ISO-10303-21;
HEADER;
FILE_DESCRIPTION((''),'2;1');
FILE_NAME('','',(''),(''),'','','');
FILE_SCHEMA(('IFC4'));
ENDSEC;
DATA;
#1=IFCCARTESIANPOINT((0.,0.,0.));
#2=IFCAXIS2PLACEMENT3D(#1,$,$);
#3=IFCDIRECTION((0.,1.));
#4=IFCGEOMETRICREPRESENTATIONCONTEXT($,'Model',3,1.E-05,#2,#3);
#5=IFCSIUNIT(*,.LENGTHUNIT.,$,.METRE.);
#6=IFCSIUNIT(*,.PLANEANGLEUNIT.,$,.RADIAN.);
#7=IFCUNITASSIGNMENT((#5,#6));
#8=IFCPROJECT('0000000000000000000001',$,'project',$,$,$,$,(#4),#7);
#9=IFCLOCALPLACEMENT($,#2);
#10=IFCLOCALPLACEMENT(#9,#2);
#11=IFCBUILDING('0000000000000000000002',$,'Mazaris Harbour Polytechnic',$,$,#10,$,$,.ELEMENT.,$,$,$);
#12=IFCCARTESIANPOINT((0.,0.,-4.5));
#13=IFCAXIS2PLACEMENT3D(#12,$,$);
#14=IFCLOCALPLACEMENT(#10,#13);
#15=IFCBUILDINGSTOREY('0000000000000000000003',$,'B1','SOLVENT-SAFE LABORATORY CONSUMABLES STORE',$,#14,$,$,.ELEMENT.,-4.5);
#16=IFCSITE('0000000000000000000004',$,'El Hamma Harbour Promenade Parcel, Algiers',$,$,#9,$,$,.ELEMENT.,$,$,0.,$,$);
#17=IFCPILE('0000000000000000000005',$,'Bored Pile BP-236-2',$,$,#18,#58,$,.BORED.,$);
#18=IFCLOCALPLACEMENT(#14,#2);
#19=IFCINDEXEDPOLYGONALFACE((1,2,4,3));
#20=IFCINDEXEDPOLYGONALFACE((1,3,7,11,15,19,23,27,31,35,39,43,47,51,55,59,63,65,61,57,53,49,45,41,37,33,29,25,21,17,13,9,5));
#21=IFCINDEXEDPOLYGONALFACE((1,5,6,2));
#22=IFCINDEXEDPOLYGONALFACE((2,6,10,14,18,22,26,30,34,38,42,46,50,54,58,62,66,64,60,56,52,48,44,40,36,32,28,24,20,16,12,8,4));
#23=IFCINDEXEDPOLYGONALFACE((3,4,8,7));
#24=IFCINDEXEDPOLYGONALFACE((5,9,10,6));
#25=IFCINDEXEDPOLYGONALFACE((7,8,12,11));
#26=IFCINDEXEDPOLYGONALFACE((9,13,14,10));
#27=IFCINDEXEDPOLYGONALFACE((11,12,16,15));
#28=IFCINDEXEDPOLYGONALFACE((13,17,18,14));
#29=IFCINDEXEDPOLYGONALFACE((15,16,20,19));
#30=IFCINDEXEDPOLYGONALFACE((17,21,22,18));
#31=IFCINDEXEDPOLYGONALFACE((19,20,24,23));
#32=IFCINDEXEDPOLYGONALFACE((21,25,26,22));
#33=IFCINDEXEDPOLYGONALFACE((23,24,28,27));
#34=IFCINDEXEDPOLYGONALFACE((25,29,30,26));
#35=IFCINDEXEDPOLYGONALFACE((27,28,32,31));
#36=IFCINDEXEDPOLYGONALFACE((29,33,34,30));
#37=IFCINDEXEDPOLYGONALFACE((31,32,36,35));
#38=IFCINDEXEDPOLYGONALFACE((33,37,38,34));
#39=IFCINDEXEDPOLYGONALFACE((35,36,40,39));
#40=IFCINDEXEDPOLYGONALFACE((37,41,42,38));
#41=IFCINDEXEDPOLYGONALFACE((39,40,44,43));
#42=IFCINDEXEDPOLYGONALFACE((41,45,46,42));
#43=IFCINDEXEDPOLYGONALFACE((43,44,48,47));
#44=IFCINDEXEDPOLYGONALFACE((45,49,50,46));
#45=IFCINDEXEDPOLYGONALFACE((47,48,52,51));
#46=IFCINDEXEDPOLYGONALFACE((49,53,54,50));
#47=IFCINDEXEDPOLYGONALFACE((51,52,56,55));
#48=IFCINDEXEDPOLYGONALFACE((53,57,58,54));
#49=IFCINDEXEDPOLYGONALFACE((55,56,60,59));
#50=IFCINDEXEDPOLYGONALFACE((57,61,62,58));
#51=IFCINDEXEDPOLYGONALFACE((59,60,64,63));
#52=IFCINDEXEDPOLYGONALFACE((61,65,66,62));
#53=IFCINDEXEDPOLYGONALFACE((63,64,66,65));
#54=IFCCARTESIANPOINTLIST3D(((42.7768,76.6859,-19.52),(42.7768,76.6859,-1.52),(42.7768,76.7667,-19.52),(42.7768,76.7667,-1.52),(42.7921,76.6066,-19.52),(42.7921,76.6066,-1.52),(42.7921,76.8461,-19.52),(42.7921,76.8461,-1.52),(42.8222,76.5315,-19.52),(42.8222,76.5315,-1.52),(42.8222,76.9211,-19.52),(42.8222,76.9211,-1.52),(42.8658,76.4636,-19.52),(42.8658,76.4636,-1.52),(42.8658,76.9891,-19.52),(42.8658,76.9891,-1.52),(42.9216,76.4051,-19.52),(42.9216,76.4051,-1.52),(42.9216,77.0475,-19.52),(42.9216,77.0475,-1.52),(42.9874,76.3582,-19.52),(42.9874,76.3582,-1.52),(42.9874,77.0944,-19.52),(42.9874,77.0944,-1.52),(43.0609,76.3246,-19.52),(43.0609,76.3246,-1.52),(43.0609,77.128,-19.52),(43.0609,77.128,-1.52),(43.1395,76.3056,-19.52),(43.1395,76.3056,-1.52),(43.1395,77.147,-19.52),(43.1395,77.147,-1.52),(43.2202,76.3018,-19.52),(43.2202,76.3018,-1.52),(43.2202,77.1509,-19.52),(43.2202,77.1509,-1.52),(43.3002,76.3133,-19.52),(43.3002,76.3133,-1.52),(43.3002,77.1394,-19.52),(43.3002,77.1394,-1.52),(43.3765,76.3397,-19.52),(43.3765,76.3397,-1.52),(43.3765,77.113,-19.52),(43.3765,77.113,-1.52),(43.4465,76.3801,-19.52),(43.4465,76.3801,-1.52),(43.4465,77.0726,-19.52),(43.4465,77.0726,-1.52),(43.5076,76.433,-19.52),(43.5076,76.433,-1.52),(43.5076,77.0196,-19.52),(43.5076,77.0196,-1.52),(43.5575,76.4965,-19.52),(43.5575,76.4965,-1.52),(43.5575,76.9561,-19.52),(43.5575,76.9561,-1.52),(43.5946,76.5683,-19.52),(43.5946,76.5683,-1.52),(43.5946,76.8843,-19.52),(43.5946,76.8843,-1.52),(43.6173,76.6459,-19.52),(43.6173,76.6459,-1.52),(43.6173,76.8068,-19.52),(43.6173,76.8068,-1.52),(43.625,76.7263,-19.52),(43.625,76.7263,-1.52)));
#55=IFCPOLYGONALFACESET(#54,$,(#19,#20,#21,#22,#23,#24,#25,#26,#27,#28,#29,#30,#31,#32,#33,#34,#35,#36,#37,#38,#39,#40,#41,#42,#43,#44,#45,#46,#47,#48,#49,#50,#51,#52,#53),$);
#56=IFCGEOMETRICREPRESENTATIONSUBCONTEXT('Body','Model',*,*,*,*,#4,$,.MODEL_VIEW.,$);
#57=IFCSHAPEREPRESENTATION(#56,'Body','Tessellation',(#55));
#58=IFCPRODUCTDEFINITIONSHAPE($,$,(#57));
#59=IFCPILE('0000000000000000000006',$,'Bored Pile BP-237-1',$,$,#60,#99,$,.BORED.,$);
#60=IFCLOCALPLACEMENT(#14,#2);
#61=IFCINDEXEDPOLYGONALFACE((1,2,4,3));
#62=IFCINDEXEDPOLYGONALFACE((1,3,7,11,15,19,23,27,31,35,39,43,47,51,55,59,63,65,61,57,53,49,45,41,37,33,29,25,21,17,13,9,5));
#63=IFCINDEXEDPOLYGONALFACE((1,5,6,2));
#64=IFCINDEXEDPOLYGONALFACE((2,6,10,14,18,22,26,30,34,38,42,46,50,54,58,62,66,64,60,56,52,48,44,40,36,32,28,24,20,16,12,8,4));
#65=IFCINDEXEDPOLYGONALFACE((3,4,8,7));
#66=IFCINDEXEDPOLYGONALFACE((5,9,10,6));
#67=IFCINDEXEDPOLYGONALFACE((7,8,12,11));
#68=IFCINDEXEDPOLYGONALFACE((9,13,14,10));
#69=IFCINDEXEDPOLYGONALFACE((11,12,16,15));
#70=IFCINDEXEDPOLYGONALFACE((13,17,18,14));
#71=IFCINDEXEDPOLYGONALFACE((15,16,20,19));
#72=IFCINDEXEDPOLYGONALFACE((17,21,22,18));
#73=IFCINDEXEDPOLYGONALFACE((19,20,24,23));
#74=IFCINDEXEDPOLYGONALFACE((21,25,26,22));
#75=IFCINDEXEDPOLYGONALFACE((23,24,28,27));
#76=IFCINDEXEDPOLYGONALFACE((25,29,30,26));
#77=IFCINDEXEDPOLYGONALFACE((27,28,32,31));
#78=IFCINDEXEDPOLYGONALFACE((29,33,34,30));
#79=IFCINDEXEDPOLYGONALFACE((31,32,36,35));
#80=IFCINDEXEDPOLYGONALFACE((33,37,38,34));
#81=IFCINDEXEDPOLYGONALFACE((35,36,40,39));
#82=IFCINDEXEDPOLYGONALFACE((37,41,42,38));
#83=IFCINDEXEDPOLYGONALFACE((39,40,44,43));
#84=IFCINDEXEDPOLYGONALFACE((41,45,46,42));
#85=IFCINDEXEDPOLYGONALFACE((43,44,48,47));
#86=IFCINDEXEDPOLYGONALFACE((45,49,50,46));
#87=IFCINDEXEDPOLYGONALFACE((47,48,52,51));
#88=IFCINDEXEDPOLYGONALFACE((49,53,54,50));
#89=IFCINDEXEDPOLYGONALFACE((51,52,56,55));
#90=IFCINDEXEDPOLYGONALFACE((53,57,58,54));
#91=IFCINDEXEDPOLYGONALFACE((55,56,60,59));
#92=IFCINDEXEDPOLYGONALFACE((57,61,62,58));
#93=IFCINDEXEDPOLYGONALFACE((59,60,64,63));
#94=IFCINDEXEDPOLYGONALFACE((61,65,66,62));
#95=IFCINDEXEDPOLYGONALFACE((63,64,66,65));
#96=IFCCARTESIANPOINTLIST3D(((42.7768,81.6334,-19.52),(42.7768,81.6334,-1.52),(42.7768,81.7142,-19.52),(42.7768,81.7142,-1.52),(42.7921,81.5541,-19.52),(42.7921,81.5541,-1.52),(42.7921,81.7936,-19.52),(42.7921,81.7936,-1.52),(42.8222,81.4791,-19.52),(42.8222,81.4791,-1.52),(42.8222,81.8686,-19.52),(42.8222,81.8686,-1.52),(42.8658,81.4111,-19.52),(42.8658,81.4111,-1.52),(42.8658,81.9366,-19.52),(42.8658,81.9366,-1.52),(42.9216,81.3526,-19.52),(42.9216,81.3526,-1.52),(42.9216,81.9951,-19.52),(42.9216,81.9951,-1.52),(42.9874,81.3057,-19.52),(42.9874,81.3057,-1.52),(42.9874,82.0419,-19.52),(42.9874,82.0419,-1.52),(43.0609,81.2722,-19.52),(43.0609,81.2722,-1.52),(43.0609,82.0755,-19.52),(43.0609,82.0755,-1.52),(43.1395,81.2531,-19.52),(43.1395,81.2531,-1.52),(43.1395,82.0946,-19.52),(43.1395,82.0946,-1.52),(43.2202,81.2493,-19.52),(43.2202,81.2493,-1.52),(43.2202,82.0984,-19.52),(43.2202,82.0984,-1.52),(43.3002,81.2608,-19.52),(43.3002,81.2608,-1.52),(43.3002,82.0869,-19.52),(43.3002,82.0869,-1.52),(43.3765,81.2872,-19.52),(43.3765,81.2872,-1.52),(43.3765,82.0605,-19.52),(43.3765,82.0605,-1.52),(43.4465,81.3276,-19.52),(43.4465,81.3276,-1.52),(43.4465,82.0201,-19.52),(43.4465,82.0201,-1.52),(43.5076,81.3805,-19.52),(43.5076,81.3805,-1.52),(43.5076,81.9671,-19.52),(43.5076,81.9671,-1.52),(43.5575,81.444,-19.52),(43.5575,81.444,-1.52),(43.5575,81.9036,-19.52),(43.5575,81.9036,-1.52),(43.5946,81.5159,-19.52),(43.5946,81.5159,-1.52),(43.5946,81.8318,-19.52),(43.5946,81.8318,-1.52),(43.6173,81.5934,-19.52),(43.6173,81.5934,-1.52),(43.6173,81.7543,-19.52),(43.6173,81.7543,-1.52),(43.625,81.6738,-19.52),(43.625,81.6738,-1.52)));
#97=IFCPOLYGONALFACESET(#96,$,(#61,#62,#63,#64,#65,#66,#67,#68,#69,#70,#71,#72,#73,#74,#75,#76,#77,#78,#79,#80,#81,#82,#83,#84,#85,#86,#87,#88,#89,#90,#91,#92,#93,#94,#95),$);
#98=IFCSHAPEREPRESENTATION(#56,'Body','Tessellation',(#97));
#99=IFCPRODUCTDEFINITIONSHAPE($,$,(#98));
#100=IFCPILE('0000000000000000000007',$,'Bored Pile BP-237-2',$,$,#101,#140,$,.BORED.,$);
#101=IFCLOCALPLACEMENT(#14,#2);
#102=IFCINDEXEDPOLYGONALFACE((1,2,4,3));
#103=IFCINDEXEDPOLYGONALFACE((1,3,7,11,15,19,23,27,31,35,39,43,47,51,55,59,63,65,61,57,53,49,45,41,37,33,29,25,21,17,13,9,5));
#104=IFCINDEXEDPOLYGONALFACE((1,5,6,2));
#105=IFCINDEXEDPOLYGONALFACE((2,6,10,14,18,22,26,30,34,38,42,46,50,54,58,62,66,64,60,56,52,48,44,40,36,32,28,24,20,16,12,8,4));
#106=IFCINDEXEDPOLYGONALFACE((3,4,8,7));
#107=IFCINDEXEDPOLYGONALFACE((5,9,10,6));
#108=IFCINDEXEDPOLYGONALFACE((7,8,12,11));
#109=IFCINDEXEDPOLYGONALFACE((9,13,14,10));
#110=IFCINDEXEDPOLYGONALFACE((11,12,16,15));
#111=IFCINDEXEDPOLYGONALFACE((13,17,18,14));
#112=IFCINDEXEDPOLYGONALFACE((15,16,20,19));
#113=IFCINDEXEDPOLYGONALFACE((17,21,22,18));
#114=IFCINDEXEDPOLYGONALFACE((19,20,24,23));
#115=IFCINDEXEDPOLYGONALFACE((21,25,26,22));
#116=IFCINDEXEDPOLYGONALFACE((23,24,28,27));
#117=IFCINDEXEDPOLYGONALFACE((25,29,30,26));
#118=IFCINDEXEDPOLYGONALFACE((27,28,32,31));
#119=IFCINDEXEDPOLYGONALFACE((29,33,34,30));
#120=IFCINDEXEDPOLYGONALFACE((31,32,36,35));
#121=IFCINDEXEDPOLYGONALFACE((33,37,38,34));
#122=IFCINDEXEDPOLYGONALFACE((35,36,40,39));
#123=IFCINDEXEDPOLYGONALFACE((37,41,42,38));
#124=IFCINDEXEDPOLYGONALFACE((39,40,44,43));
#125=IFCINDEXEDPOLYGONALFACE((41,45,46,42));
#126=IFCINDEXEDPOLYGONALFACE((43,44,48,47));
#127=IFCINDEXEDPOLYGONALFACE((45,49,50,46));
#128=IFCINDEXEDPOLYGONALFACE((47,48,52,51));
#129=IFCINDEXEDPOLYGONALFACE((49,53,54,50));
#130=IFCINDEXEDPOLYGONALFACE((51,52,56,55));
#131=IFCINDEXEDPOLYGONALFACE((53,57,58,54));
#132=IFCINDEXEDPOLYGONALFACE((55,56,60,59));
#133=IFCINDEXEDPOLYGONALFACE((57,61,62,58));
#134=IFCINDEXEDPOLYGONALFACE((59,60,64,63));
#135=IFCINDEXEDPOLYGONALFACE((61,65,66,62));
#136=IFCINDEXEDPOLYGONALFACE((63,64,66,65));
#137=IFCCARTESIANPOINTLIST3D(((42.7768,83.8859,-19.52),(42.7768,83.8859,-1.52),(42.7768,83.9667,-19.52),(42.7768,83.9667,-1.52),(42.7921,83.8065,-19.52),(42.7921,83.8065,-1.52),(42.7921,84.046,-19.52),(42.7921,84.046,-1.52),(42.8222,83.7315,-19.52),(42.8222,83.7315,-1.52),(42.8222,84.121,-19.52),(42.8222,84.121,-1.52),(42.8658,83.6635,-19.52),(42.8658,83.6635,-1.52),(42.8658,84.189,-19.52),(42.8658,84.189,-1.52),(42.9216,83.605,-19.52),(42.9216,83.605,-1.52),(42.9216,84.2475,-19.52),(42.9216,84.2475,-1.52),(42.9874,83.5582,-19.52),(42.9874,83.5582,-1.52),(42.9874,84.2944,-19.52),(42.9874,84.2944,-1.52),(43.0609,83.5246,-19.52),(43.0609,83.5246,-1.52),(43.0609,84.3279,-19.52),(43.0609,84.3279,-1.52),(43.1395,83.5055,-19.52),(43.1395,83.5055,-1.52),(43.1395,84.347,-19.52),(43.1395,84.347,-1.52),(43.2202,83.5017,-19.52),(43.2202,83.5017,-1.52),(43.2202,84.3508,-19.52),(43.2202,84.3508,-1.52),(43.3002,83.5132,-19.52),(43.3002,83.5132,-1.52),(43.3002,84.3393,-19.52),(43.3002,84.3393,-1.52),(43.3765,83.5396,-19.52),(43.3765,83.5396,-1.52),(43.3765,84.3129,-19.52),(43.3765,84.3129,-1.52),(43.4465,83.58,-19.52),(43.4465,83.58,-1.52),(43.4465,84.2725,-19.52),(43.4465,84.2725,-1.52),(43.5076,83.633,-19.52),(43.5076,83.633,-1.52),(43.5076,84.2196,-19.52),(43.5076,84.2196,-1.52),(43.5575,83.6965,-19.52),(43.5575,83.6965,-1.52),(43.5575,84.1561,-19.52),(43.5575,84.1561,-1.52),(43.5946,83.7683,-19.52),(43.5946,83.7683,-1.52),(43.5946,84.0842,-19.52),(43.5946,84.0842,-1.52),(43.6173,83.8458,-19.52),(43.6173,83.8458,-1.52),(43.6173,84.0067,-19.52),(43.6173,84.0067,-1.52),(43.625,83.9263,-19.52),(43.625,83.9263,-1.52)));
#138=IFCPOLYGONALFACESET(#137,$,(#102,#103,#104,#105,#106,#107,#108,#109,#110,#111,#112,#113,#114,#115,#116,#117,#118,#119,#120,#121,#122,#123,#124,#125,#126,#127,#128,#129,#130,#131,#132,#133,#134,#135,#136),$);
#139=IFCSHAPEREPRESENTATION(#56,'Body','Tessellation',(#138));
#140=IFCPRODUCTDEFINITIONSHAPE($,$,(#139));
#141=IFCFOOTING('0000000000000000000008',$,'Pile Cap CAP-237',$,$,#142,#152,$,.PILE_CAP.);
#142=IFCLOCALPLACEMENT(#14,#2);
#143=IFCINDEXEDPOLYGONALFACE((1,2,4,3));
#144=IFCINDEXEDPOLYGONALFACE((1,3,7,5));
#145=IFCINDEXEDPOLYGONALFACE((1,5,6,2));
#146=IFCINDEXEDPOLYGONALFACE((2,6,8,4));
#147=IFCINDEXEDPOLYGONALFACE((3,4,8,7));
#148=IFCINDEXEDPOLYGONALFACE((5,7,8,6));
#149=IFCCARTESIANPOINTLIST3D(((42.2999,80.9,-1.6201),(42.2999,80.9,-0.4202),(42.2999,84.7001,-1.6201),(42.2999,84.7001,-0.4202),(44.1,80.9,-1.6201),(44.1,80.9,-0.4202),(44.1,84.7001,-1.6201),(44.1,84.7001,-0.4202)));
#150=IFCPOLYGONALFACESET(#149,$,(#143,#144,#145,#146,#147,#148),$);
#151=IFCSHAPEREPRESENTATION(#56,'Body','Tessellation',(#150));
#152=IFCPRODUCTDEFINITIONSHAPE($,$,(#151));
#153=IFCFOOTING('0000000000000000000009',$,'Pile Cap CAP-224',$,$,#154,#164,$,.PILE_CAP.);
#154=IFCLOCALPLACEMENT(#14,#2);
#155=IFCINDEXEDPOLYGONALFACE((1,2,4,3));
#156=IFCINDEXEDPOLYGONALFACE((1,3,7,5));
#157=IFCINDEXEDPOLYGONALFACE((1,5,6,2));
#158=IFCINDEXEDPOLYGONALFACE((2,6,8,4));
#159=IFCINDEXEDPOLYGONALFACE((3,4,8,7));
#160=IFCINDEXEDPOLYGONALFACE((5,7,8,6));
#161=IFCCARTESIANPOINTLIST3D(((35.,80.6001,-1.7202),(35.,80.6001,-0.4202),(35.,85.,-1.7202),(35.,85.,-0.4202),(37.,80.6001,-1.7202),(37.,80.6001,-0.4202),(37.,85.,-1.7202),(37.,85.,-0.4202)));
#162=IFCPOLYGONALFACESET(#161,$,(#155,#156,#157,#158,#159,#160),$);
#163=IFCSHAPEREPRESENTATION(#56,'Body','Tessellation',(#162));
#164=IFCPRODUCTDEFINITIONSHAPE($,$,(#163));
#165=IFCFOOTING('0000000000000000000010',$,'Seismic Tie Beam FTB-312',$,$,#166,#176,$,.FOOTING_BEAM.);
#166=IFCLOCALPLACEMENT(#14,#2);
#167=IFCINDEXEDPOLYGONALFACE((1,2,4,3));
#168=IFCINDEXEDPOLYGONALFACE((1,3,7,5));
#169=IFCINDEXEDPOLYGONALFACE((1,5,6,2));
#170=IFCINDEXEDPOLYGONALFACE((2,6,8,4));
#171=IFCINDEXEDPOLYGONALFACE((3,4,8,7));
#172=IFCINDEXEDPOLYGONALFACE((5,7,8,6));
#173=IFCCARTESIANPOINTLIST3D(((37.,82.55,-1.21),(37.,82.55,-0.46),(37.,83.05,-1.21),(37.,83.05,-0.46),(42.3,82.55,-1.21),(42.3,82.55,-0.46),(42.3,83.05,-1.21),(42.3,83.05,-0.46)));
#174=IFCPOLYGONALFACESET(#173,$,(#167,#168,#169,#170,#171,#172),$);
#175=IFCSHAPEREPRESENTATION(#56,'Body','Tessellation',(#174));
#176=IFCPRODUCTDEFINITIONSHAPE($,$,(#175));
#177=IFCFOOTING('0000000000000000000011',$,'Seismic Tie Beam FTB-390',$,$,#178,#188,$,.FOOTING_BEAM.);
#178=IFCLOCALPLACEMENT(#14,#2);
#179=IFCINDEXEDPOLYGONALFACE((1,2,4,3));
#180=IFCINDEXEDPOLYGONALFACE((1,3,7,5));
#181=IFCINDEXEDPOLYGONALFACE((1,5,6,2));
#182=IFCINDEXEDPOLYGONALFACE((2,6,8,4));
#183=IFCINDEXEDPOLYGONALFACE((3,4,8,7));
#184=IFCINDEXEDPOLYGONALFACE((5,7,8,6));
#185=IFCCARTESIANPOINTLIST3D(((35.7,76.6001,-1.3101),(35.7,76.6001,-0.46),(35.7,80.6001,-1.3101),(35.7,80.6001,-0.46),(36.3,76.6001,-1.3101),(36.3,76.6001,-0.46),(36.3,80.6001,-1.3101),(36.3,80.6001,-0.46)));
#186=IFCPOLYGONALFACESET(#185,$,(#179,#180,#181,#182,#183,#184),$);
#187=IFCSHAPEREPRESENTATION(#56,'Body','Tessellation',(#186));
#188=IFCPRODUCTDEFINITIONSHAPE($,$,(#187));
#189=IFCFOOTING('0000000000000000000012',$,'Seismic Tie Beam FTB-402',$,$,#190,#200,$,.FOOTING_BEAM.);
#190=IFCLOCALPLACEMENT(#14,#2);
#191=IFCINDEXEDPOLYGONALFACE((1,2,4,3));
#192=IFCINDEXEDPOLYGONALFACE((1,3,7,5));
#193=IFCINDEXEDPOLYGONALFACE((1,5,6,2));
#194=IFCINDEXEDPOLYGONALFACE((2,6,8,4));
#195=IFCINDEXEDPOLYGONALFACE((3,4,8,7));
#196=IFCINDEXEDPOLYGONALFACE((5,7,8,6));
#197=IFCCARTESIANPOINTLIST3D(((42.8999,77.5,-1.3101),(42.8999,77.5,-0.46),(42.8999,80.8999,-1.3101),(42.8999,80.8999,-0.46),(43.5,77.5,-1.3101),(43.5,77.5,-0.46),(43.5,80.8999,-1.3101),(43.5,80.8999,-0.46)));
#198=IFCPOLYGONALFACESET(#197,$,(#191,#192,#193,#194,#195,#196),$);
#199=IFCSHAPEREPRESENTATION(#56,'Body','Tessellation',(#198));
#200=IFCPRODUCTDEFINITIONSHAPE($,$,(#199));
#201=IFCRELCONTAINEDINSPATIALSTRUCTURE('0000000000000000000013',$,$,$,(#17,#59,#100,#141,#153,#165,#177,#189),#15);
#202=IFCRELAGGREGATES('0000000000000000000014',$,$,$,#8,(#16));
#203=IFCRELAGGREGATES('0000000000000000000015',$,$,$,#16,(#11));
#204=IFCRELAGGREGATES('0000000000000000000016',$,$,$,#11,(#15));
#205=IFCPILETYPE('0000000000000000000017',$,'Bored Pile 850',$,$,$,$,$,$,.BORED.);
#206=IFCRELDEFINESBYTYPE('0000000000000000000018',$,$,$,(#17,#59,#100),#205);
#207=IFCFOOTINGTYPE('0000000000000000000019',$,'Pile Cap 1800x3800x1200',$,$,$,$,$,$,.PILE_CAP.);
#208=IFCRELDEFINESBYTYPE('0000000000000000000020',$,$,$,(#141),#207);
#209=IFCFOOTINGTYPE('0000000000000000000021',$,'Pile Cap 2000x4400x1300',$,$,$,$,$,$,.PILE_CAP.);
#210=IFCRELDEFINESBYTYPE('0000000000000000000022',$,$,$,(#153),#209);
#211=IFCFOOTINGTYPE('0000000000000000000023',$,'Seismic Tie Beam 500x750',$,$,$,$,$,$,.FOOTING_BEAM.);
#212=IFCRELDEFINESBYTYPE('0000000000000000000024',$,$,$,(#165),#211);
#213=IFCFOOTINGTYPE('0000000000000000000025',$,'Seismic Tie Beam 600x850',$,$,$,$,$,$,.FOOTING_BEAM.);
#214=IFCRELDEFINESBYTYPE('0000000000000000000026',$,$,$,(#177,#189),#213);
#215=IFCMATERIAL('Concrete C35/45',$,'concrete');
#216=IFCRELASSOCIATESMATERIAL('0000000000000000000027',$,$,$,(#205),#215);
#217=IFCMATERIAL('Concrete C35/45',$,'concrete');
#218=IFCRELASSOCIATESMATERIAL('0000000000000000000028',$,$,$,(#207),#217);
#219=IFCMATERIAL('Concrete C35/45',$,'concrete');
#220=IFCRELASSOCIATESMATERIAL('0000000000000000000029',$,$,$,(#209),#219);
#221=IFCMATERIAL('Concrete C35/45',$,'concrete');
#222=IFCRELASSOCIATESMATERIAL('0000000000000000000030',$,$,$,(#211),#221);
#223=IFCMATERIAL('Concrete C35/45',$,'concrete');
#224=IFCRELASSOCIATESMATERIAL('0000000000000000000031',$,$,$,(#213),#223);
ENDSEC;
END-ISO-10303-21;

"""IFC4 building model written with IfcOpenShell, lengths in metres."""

from ifc_helpers import new_model, si_unit, direction, frame, origin, origin_2d, place, context, subcontext, project, spatial, rectangle, circle, extrude, material, material_profile, profile_set, type_object, element, save


model = new_model("IFC4")

# Units and contexts
model_context = context("Model", 3, precision=1e-05, world=origin(), true_north=direction((0.0, 1.0)))
body_context = subcontext(model_context, "Body", "Model", "MODEL_VIEW")
ifc_project = project(units=[si_unit("LENGTHUNIT", "METRE"), si_unit("PLANEANGLEUNIT", "RADIAN")], contexts=[model_context])

# Site, building, storey
site_placement = place(None, origin())
site = spatial("IfcSite", under=ifc_project, at=site_placement, Name="El Hamma Harbour Promenade Parcel, Algiers", CompositionType="ELEMENT", RefElevation=0.0)
building_placement = place(site_placement, origin())
building = spatial("IfcBuilding", under=site, at=building_placement, Name="Mazaris Harbour Polytechnic", CompositionType="ELEMENT")
storey_placement = place(building_placement, frame((0.0, 0.0, -4.5)))
storey = spatial("IfcBuildingStorey", under=building, at=storey_placement, Name="B1", Description="SOLVENT-SAFE LABORATORY CONSUMABLES STORE", CompositionType="ELEMENT", Elevation=-4.5)

# Piles
ifc_material_1 = material(Name="Concrete C35/45", Category="concrete")
ifc_material_profile_1 = material_profile(ifc_material_1, circle(Radius=0.425, at=origin_2d()), Name="DIA850")
ifc_profile_set_1 = profile_set([ifc_material_profile_1], Name="Concrete C35/45")
pile_type_1 = type_object("IfcPileType", Name="Bored Pile 850", PredefinedType="BORED", material=ifc_profile_set_1)
for number, where, z_axis, x_axis, name in (
    (1, (43.2, 76.7263, -1.52), (0.0, 0.0, -1.0), (1.0, 0.0, 0.0), "Bored Pile BP-236-2"),
    (2, (43.2, 81.6738, -1.52), (0.0, 0.0, -1.0), (1.0, 0.0, 0.0), "Bored Pile BP-237-1"),
    (3, (43.2, 83.9263, -1.52), (0.0, 0.0, -1.0), (1.0, 0.0, 0.0), "Bored Pile BP-237-2"),
):
    element("IfcPile", number, at=place(storey_placement, frame(where, z_axis=z_axis, x_axis=x_axis)), inside=storey, type_object=pile_type_1, Name=name, PredefinedType="BORED", context=body_context, shape_type="SweptSolid", body=[
        extrude(circle(Radius=0.425, at=origin_2d()), origin(), (0.0, 0.0, 1.0), 18.0),
    ])

# Footings
ifc_material_2 = material(Name="Concrete C35/45", Category="concrete")
footing_type_1 = type_object("IfcFootingType", Name="Pile Cap 1800x3800x1200", PredefinedType="PILE_CAP", material=ifc_material_2)
footing_1_placement = place(storey_placement, frame((43.2, 82.8, -1.6201), z_axis=(0.0, 0.0, 1.0), x_axis=(1.0, 0.0, 0.0)))
element("IfcFooting", 4, at=footing_1_placement, inside=storey, type_object=footing_type_1, Name="Pile Cap CAP-237", PredefinedType="PILE_CAP", context=body_context, shape_type="SweptSolid", body=[
    extrude(rectangle(XDim=1.8, YDim=3.8, at=origin_2d()), origin(), (0.0, 0.0, 1.0), 1.2),
])
ifc_material_3 = material(Name="Concrete C35/45", Category="concrete")
footing_type_2 = type_object("IfcFootingType", Name="Pile Cap 2000x4400x1300", PredefinedType="PILE_CAP", material=ifc_material_3)
footing_2_placement = place(storey_placement, frame((36.0, 82.8, -1.7202), z_axis=(0.0, 0.0, 1.0), x_axis=(1.0, 0.0, 0.0)))
element("IfcFooting", 5, at=footing_2_placement, inside=storey, type_object=footing_type_2, Name="Pile Cap CAP-224", PredefinedType="PILE_CAP", context=body_context, shape_type="SweptSolid", body=[
    extrude(rectangle(XDim=2.0, YDim=4.3999, at=origin_2d()), origin(), (0.0, 0.0, 1.0), 1.3),
])
ifc_material_4 = material(Name="Concrete C35/45", Category="concrete")
ifc_material_profile_2 = material_profile(ifc_material_4, rectangle(XDim=0.5, YDim=0.75, at=origin_2d()), Name="RECT500x750")
ifc_profile_set_2 = profile_set([ifc_material_profile_2], Name="Concrete C35/45")
footing_type_3 = type_object("IfcFootingType", Name="Seismic Tie Beam 500x750", PredefinedType="FOOTING_BEAM", material=ifc_profile_set_2)
footing_3_placement = place(storey_placement, frame((37.0, 82.8, -0.835), z_axis=(1.0, 0.0, 0.0), x_axis=(0.0, 1.0, 0.0)))
element("IfcFooting", 6, at=footing_3_placement, inside=storey, type_object=footing_type_3, Name="Seismic Tie Beam FTB-312", PredefinedType="FOOTING_BEAM", context=body_context, shape_type="SweptSolid", body=[
    extrude(rectangle(XDim=0.5, YDim=0.75, at=origin_2d()), origin(), (0.0, 0.0, 1.0), 5.3),
])
ifc_material_5 = material(Name="Concrete C35/45", Category="concrete")
ifc_material_profile_3 = material_profile(ifc_material_5, rectangle(XDim=0.6001, YDim=0.8501, at=origin_2d()), Name="RECT600x850")
ifc_profile_set_3 = profile_set([ifc_material_profile_3], Name="Concrete C35/45")
footing_type_4 = type_object("IfcFootingType", Name="Seismic Tie Beam 600x850", PredefinedType="FOOTING_BEAM", material=ifc_profile_set_3)
footing_4_placement = place(storey_placement, frame((36.0, 76.6001, -0.885), z_axis=(0.0, 1.0, 0.0), x_axis=(-1.0, 0.0, 0.0)))
element("IfcFooting", 7, at=footing_4_placement, inside=storey, type_object=footing_type_4, Name="Seismic Tie Beam FTB-390", PredefinedType="FOOTING_BEAM", context=body_context, shape_type="SweptSolid", body=[
    extrude(rectangle(XDim=0.6001, YDim=0.8501, at=origin_2d()), origin(), (0.0, 0.0, 1.0), 4.0),
])
footing_5_placement = place(storey_placement, frame((43.2, 77.5, -0.885), z_axis=(0.0, 1.0, 0.0), x_axis=(-1.0, 0.0, 0.0)))
element("IfcFooting", 8, at=footing_5_placement, inside=storey, type_object=footing_type_4, Name="Seismic Tie Beam FTB-402", PredefinedType="FOOTING_BEAM", context=body_context, shape_type="SweptSolid", body=[
    extrude(rectangle(XDim=0.6001, YDim=0.8501, at=origin_2d()), origin(), (0.0, 0.0, 1.0), 3.3999),
])

save(model, "model.ifc")
